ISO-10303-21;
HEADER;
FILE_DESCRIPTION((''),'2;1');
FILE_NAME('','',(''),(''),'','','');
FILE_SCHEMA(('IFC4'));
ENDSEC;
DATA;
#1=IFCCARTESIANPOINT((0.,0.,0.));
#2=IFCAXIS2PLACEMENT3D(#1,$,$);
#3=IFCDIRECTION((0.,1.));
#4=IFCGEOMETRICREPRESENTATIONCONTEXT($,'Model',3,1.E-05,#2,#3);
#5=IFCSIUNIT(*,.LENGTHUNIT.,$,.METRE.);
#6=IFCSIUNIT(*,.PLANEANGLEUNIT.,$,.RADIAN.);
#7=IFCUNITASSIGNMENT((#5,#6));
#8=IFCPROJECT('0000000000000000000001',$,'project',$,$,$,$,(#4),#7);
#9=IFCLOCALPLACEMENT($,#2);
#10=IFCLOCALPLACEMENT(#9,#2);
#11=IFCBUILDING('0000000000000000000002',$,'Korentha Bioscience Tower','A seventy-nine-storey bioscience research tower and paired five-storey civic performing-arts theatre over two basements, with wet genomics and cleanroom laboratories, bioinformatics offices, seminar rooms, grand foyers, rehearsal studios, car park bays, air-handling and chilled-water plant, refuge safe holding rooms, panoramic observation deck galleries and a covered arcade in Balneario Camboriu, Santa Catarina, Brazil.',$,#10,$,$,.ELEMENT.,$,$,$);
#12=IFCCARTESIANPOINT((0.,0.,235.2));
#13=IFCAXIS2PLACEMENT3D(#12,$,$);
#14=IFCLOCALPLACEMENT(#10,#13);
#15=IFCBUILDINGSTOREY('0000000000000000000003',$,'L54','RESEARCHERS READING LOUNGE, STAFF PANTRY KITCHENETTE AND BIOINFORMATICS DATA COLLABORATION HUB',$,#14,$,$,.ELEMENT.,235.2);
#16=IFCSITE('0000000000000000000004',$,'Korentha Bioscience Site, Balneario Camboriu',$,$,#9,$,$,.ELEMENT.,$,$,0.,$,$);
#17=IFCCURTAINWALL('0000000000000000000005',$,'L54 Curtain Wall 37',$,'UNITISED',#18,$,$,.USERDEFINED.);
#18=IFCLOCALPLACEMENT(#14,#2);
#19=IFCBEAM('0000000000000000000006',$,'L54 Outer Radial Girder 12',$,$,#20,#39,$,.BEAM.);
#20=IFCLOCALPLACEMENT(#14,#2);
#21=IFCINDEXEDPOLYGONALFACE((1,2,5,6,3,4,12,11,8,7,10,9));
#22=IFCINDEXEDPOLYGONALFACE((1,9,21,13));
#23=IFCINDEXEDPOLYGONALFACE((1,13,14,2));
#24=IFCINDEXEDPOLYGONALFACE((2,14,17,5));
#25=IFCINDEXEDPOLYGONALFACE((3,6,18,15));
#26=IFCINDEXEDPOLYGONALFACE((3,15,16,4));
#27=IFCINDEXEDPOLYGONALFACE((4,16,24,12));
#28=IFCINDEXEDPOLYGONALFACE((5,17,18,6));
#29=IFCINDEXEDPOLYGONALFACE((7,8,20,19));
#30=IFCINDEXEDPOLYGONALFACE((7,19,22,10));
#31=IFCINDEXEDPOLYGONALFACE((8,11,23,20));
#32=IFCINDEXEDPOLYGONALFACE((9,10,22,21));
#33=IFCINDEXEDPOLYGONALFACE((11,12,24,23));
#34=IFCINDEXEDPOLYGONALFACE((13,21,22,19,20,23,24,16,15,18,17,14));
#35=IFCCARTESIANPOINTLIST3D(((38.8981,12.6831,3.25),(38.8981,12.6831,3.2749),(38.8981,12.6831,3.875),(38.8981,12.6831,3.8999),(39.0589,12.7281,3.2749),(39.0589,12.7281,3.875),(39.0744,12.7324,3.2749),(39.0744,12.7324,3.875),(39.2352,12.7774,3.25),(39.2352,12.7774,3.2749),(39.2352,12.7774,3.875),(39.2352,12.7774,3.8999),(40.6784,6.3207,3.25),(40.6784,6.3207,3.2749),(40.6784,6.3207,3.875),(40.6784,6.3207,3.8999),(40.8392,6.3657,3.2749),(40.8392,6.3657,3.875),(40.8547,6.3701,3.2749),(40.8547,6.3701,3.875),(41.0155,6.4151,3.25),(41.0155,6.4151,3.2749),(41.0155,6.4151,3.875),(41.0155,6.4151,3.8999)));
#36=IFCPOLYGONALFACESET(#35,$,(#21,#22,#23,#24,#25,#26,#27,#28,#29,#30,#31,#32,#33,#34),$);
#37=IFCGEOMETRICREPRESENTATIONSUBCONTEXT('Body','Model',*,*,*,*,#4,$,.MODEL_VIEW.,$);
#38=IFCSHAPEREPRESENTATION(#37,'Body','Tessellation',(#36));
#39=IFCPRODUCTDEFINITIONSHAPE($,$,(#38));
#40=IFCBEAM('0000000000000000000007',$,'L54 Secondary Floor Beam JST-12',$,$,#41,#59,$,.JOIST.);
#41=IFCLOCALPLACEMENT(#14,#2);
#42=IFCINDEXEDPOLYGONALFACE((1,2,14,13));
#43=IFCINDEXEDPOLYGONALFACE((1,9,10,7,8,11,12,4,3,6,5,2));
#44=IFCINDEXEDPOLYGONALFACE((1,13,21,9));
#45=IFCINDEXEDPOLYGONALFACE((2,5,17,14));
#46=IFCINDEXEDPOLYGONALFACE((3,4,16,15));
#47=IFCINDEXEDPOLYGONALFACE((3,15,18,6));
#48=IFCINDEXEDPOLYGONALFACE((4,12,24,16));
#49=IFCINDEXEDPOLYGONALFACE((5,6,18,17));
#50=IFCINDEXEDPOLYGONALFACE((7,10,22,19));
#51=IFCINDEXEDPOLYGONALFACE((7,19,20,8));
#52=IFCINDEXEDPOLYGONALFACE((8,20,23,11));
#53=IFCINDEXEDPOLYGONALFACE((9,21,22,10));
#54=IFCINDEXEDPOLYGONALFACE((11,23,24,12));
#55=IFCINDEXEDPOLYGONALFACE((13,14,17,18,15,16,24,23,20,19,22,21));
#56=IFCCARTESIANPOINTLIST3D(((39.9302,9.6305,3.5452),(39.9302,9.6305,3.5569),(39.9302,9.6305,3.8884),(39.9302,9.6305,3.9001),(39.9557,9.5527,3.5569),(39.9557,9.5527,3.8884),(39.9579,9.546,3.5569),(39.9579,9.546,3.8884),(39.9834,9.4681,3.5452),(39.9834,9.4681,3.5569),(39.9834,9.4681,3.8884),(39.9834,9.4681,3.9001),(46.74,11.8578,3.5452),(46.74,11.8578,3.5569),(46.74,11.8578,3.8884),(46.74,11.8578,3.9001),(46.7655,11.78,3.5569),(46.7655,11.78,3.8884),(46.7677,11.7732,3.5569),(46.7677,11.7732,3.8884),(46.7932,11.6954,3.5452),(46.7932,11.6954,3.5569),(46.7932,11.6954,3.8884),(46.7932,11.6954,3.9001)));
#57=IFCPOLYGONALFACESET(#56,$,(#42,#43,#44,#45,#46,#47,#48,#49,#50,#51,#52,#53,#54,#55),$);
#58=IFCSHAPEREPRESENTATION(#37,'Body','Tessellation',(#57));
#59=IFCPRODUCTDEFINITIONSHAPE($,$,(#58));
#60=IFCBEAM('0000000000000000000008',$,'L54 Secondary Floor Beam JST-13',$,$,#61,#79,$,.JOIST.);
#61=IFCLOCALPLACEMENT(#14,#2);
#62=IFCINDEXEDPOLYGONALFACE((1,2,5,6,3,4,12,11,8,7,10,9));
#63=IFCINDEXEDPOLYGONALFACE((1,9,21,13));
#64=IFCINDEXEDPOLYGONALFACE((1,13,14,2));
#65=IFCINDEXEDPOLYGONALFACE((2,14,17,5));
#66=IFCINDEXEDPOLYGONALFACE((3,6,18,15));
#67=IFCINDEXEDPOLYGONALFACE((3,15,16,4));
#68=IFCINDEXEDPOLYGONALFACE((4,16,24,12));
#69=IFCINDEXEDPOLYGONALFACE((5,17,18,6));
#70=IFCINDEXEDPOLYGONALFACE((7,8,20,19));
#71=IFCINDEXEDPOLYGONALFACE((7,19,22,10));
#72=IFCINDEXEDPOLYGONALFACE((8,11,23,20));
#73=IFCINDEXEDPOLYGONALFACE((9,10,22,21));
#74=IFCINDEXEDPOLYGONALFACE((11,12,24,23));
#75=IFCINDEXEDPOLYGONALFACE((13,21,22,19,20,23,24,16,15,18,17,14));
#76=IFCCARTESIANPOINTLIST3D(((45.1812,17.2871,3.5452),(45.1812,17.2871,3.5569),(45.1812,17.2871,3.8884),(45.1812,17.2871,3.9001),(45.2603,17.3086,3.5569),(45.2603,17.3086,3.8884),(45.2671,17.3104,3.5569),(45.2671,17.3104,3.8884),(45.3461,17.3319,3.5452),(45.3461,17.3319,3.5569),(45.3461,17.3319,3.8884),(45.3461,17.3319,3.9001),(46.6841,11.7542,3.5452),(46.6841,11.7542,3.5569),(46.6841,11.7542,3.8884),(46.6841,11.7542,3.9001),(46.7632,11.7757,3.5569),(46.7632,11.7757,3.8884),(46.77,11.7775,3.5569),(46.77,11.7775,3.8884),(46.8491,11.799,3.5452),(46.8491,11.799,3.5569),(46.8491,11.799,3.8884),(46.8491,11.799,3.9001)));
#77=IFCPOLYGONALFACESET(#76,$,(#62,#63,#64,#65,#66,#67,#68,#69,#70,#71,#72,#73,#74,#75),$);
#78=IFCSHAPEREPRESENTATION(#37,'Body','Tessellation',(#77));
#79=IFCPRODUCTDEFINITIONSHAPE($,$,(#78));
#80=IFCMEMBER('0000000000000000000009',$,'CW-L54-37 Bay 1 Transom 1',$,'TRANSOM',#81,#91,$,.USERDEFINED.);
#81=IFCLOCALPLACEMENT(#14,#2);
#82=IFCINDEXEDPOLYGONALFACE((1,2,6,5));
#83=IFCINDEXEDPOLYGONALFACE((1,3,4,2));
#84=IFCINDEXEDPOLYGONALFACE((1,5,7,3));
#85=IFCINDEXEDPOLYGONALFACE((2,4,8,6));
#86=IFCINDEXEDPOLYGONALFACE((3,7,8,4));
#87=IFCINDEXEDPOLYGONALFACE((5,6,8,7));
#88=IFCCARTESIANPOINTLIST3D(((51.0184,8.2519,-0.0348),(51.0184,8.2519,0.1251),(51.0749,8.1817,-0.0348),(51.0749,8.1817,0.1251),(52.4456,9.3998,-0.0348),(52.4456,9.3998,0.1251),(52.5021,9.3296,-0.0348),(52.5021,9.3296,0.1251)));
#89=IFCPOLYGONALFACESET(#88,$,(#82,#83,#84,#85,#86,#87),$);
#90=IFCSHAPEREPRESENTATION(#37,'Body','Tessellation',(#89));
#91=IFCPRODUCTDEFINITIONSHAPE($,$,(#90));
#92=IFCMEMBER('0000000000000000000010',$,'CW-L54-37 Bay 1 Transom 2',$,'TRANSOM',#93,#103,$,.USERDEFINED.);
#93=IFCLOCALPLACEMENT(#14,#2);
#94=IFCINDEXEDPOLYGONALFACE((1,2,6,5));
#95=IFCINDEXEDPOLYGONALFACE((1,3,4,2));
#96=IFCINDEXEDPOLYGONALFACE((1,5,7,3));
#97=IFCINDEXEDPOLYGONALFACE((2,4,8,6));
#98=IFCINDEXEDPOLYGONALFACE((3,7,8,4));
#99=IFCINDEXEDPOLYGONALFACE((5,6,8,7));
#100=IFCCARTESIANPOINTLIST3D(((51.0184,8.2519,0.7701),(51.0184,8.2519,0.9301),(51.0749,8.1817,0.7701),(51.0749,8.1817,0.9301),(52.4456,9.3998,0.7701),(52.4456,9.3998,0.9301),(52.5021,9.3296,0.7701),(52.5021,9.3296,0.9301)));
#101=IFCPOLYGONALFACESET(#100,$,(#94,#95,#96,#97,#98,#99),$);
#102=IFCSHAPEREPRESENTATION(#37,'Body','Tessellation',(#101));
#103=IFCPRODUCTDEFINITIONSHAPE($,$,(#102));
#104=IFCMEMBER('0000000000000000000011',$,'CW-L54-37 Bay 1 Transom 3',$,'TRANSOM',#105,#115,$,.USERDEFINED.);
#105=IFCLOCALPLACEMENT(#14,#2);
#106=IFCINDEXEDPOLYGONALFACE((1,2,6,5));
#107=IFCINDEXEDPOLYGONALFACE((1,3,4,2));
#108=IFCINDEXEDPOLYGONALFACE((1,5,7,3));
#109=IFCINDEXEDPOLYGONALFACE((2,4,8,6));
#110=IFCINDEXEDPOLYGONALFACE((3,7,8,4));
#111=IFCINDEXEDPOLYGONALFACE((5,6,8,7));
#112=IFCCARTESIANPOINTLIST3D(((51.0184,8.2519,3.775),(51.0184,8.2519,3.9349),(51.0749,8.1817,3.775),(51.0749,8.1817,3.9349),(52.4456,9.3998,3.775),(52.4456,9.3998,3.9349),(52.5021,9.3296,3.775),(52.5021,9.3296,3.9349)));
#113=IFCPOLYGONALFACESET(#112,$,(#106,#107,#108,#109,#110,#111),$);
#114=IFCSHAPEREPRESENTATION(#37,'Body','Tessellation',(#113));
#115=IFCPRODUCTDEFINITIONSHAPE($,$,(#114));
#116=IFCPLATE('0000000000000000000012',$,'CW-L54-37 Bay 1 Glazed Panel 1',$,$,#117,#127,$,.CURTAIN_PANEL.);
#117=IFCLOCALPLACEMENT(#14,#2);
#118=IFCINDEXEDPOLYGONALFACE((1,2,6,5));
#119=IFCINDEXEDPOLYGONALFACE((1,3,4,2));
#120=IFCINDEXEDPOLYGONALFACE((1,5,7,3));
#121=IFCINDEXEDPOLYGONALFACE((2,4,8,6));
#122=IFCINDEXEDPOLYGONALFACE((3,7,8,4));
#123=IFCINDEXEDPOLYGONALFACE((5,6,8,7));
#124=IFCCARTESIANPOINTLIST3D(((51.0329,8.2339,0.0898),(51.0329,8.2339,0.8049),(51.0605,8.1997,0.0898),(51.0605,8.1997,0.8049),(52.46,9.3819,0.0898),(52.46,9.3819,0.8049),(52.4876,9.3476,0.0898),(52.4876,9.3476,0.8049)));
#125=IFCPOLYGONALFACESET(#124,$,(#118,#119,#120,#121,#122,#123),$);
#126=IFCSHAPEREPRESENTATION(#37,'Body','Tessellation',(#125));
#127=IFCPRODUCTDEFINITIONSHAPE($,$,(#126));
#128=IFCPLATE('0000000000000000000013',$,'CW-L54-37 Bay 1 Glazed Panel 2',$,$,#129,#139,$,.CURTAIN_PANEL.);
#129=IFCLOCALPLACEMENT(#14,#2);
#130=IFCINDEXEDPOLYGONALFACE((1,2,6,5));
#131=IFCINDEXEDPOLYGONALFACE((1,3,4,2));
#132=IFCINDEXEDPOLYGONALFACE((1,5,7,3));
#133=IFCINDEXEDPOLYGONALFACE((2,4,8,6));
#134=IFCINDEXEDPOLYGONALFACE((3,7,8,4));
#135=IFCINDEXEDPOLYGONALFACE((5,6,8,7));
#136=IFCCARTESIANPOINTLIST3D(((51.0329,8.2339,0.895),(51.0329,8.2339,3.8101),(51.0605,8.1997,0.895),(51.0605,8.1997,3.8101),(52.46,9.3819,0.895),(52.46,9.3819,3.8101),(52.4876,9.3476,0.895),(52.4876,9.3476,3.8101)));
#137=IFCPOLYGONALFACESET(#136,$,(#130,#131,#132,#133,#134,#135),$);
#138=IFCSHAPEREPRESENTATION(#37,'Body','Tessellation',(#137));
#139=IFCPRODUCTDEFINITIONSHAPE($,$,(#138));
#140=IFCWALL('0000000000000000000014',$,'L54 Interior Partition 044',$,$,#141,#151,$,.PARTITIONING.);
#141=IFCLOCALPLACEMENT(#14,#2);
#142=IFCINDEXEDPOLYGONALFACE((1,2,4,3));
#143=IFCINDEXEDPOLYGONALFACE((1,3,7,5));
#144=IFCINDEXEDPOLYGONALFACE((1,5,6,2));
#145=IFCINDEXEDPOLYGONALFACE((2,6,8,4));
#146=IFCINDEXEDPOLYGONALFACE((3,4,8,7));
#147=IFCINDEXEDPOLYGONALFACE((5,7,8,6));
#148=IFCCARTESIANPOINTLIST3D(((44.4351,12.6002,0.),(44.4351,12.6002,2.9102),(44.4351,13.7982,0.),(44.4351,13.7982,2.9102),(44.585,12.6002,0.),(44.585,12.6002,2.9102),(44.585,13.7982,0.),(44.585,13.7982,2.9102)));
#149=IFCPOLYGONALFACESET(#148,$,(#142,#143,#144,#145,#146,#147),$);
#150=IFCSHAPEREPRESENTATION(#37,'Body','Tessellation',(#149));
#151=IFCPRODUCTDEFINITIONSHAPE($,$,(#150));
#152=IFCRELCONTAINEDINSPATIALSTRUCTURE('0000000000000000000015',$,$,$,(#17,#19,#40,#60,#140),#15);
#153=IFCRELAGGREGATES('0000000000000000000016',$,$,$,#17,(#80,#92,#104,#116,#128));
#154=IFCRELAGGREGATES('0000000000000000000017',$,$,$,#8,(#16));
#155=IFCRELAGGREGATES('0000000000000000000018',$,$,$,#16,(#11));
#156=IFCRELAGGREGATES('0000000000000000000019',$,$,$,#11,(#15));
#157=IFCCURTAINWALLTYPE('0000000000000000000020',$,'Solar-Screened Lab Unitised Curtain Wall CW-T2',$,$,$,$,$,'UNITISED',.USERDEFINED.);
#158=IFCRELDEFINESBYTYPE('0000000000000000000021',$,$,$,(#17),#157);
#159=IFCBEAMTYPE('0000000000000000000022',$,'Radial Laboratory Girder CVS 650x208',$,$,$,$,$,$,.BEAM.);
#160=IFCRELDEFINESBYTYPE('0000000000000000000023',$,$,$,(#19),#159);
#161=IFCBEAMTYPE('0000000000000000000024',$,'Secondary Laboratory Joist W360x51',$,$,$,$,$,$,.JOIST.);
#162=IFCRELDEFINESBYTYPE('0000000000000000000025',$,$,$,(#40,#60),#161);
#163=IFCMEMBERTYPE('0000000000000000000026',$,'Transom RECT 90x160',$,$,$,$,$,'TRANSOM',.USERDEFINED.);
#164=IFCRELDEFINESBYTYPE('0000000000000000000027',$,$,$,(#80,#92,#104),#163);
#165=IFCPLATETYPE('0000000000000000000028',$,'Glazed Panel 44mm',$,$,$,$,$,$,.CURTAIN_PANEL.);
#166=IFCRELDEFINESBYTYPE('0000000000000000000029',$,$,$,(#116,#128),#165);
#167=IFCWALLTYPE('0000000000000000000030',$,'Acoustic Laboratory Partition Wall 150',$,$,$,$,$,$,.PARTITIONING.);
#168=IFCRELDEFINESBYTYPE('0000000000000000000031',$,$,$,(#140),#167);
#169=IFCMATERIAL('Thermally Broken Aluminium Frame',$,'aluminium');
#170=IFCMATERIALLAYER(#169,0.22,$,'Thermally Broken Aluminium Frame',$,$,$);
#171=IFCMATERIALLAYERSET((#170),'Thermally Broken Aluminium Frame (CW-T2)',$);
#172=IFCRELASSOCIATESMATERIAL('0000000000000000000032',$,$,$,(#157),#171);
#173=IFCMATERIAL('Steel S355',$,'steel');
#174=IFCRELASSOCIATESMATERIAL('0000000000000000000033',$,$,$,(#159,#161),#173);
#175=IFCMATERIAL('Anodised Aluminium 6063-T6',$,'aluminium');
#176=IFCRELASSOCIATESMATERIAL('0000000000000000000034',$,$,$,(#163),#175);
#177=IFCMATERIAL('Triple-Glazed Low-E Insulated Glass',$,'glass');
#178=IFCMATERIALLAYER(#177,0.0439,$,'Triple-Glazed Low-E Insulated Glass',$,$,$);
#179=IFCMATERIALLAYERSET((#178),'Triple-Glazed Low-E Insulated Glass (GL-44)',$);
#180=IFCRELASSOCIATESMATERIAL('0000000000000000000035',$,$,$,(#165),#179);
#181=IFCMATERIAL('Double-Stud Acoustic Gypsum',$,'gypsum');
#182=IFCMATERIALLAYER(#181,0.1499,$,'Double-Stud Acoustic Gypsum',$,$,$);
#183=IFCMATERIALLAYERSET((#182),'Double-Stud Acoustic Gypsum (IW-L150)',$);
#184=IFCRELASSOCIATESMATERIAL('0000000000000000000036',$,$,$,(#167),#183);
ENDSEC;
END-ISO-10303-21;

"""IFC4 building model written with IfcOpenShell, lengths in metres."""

from ifc_helpers import new_model, si_unit, direction, frame, frame_2d, origin, origin_2d, place, context, subcontext, project, spatial, rectangle, i_section, extrude, material, layer, layer_set, material_profile, profile_set, type_object, element, aggregate, save


model = new_model("IFC4")

# Units and contexts
model_context = context("Model", 3, precision=1e-05, world=origin(), true_north=direction((0.0, 1.0)))
body_context = subcontext(model_context, "Body", "Model", "MODEL_VIEW")
ifc_project = project(units=[si_unit("LENGTHUNIT", "METRE"), si_unit("PLANEANGLEUNIT", "RADIAN")], contexts=[model_context])

# Site, building, storey
site_placement = place(None, origin())
site = spatial("IfcSite", under=ifc_project, at=site_placement, Name="Korentha Bioscience Site, Balneario Camboriu", CompositionType="ELEMENT", RefElevation=0.0)
building_placement = place(site_placement, origin())
building = spatial("IfcBuilding", under=site, at=building_placement, Name="Korentha Bioscience Tower", Description="A seventy-nine-storey bioscience research tower and paired five-storey civic performing-arts theatre over two basements, with wet genomics and cleanroom laboratories, bioinformatics offices, seminar rooms, grand foyers, rehearsal studios, car park bays, air-handling and chilled-water plant, refuge safe holding rooms, panoramic observation deck galleries and a covered arcade in Balneario Camboriu, Santa Catarina, Brazil.", CompositionType="ELEMENT")
storey_placement = place(building_placement, frame((0.0, 0.0, 235.2)))
storey = spatial("IfcBuildingStorey", under=building, at=storey_placement, Name="L54", Description="RESEARCHERS READING LOUNGE, STAFF PANTRY KITCHENETTE AND BIOINFORMATICS DATA COLLABORATION HUB", CompositionType="ELEMENT", Elevation=235.2)

# Shared definitions
ifc_material_1 = material(Name="Steel S355", Category="steel")

# Curtain wall
ifc_material_2 = material(Name="Thermally Broken Aluminium Frame", Category="aluminium")
ifc_layer_1 = layer(ifc_material_2, 0.22, Name="Thermally Broken Aluminium Frame")
ifc_layer_set_1 = layer_set([ifc_layer_1], Name="Thermally Broken Aluminium Frame (CW-T2)")
curtain_wall_type = type_object("IfcCurtainWallType", Name="Solar-Screened Lab Unitised Curtain Wall CW-T2", ElementType="UNITISED", PredefinedType="USERDEFINED", material=ifc_layer_set_1)
curtain_wall_placement = place(storey_placement, origin())
curtain_wall = element("IfcCurtainWall", 1, at=curtain_wall_placement, inside=storey, type_object=curtain_wall_type, Name="L54 Curtain Wall 37", ObjectType="UNITISED", PredefinedType="USERDEFINED")
ifc_material_3 = material(Name="Anodised Aluminium 6063-T6", Category="aluminium")

# Beams
ifc_material_profile_1 = material_profile(ifc_material_1, i_section(OverallWidth=0.3501, OverallDepth=0.6499, WebThickness=0.0161, FlangeThickness=0.0249, at=origin_2d()), Name="Steel S355")
ifc_profile_set_1 = profile_set([ifc_material_profile_1], Name="Steel S355 (RB-650)")
beam_type_1 = type_object("IfcBeamType", Name="Radial Laboratory Girder CVS 650x208", PredefinedType="BEAM", material=ifc_profile_set_1)
beam_1_placement = place(storey_placement, frame((39.0667, 12.7302, 3.575), z_axis=(0.269465, -0.96301, 0.0), x_axis=(0.96301, 0.269465, 0.0)))
element("IfcBeam", 2, at=beam_1_placement, inside=storey, type_object=beam_type_1, Name="L54 Outer Radial Girder 12", PredefinedType="BEAM", context=body_context, shape_type="SweptSolid", body=[
    extrude(i_section(OverallWidth=0.3501, OverallDepth=0.6499, WebThickness=0.0161, FlangeThickness=0.0249, at=origin_2d()), origin(), (0.0, 0.0, 1.0), 6.6067),
])
ifc_material_profile_2 = material_profile(ifc_material_1, i_section(OverallWidth=0.1709, OverallDepth=0.355, WebThickness=0.0071, FlangeThickness=0.0117, at=origin_2d()), Name="Steel S355")
ifc_profile_set_2 = profile_set([ifc_material_profile_2], Name="Steel S355 (JB-360)")
beam_type_2 = type_object("IfcBeamType", Name="Secondary Laboratory Joist W360x51", PredefinedType="JOIST", material=ifc_profile_set_2)
beam_2_placement = place(storey_placement, frame((39.9568, 9.5493, 3.7227), z_axis=(0.950454, 0.310866, 0.0), x_axis=(-0.310866, 0.950454, 0.0)))
element("IfcBeam", 3, at=beam_2_placement, inside=storey, type_object=beam_type_2, Name="L54 Secondary Floor Beam JST-12", PredefinedType="JOIST", context=body_context, shape_type="SweptSolid", body=[
    extrude(i_section(OverallWidth=0.1709, OverallDepth=0.355, WebThickness=0.0071, FlangeThickness=0.0117, at=origin_2d()), origin(), (0.0, 0.0, 1.0), 7.1648),
])
beam_3_placement = place(storey_placement, frame((46.7666, 11.7766, 3.7227), z_axis=(-0.262134, 0.965032, 0.0), x_axis=(-0.965032, -0.262134, 0.0)))
element("IfcBeam", 4, at=beam_3_placement, inside=storey, type_object=beam_type_2, Name="L54 Secondary Floor Beam JST-13", PredefinedType="JOIST", context=body_context, shape_type="SweptSolid", body=[
    extrude(i_section(OverallWidth=0.1709, OverallDepth=0.355, WebThickness=0.0071, FlangeThickness=0.0117, at=origin_2d()), origin(), (0.0, 0.0, 1.0), 5.7334),
])

# Members
ifc_material_profile_3 = material_profile(ifc_material_3, rectangle(XDim=0.0901, YDim=0.1599, at=origin_2d()), Name="Anodised Aluminium 6063-T6")
ifc_profile_set_3 = profile_set([ifc_material_profile_3], Name="Anodised Aluminium 6063-T6 (CW-TRN)")
member_type_1 = type_object("IfcMemberType", Name="Transom RECT 90x160", ElementType="TRANSOM", PredefinedType="USERDEFINED", material=ifc_profile_set_3)
member_1_placement = place(storey_placement, frame((51.0466, 8.2168, 0.0452), z_axis=(0.779228, 0.626741, 0.0), x_axis=(-0.626741, 0.779228, 0.0)))
member_1 = element("IfcMember", 5, at=member_1_placement, type_object=member_type_1, Name="CW-L54-37 Bay 1 Transom 1", ObjectType="TRANSOM", PredefinedType="USERDEFINED", context=body_context, shape_type="SweptSolid", body=[
    extrude(rectangle(XDim=0.0901, YDim=0.1599, at=origin_2d()), origin(), (0.0, 0.0, 1.0), 1.8315),
])
member_2_placement = place(storey_placement, frame((51.0466, 8.2168, 0.8501), z_axis=(0.779228, 0.626741, 0.0), x_axis=(-0.626741, 0.779228, 0.0)))
member_2 = element("IfcMember", 6, at=member_2_placement, type_object=member_type_1, Name="CW-L54-37 Bay 1 Transom 2", ObjectType="TRANSOM", PredefinedType="USERDEFINED", context=body_context, shape_type="SweptSolid", body=[
    extrude(rectangle(XDim=0.0901, YDim=0.1599, at=origin_2d()), origin(), (0.0, 0.0, 1.0), 1.8315),
])
member_3_placement = place(storey_placement, frame((51.0466, 8.2168, 3.855), z_axis=(0.779228, 0.626741, 0.0), x_axis=(-0.626741, 0.779228, 0.0)))
member_3 = element("IfcMember", 7, at=member_3_placement, type_object=member_type_1, Name="CW-L54-37 Bay 1 Transom 3", ObjectType="TRANSOM", PredefinedType="USERDEFINED", context=body_context, shape_type="SweptSolid", body=[
    extrude(rectangle(XDim=0.0901, YDim=0.1599, at=origin_2d()), origin(), (0.0, 0.0, 1.0), 1.8315),
])

# Plates
ifc_material_4 = material(Name="Triple-Glazed Low-E Insulated Glass", Category="glass")
ifc_layer_2 = layer(ifc_material_4, 0.0439, Name="Triple-Glazed Low-E Insulated Glass")
ifc_layer_set_2 = layer_set([ifc_layer_2], Name="Triple-Glazed Low-E Insulated Glass (GL-44)")
plate_type = type_object("IfcPlateType", Name="Glazed Panel 44mm", PredefinedType="CURTAIN_PANEL", material=ifc_layer_set_2)
plate_1_placement = place(storey_placement, frame((51.7603, 8.7908, 0.0898), z_axis=(0.0, 0.0, 1.0), x_axis=(0.779198, 0.626778, 0.0)))
plate_1 = element("IfcPlate", 8, at=plate_1_placement, type_object=plate_type, Name="CW-L54-37 Bay 1 Glazed Panel 1", PredefinedType="CURTAIN_PANEL", context=body_context, shape_type="SweptSolid", body=[
    extrude(rectangle(XDim=1.8315, YDim=0.0439, at=origin_2d()), origin(), (0.0, 0.0, 1.0), 0.7151),
])
plate_2_placement = place(storey_placement, frame((51.7603, 8.7908, 0.895), z_axis=(0.0, 0.0, 1.0), x_axis=(0.779198, 0.626778, 0.0)))
plate_2 = element("IfcPlate", 9, at=plate_2_placement, type_object=plate_type, Name="CW-L54-37 Bay 1 Glazed Panel 2", PredefinedType="CURTAIN_PANEL", context=body_context, shape_type="SweptSolid", body=[
    extrude(rectangle(XDim=1.8315, YDim=0.0439, at=origin_2d()), origin(), (0.0, 0.0, 1.0), 2.915),
])
aggregate(curtain_wall, [member_1, member_2, member_3, plate_1, plate_2])

# Wall
ifc_material_5 = material(Name="Double-Stud Acoustic Gypsum", Category="gypsum")
ifc_layer_3 = layer(ifc_material_5, 0.1499, Name="Double-Stud Acoustic Gypsum")
ifc_layer_set_3 = layer_set([ifc_layer_3], Name="Double-Stud Acoustic Gypsum (IW-L150)")
wall_type_1 = type_object("IfcWallType", Name="Acoustic Laboratory Partition Wall 150", PredefinedType="PARTITIONING", material=ifc_layer_set_3)
wall_1_placement = place(storey_placement, frame((44.51, 12.6001, 0.0), z_axis=(0.0, 0.0, 1.0), x_axis=(0.0, 1.0, 0.0)))
element("IfcWall", 10, at=wall_1_placement, inside=storey, type_object=wall_type_1, Name="L54 Interior Partition 044", PredefinedType="PARTITIONING", context=body_context, shape_type="SweptSolid", body=[
    extrude(rectangle(XDim=1.198, YDim=0.1499, at=frame_2d((0.5991, 0.0))), origin(), (0.0, 0.0, 1.0), 2.9102),
])

save(model, "model.ifc")
